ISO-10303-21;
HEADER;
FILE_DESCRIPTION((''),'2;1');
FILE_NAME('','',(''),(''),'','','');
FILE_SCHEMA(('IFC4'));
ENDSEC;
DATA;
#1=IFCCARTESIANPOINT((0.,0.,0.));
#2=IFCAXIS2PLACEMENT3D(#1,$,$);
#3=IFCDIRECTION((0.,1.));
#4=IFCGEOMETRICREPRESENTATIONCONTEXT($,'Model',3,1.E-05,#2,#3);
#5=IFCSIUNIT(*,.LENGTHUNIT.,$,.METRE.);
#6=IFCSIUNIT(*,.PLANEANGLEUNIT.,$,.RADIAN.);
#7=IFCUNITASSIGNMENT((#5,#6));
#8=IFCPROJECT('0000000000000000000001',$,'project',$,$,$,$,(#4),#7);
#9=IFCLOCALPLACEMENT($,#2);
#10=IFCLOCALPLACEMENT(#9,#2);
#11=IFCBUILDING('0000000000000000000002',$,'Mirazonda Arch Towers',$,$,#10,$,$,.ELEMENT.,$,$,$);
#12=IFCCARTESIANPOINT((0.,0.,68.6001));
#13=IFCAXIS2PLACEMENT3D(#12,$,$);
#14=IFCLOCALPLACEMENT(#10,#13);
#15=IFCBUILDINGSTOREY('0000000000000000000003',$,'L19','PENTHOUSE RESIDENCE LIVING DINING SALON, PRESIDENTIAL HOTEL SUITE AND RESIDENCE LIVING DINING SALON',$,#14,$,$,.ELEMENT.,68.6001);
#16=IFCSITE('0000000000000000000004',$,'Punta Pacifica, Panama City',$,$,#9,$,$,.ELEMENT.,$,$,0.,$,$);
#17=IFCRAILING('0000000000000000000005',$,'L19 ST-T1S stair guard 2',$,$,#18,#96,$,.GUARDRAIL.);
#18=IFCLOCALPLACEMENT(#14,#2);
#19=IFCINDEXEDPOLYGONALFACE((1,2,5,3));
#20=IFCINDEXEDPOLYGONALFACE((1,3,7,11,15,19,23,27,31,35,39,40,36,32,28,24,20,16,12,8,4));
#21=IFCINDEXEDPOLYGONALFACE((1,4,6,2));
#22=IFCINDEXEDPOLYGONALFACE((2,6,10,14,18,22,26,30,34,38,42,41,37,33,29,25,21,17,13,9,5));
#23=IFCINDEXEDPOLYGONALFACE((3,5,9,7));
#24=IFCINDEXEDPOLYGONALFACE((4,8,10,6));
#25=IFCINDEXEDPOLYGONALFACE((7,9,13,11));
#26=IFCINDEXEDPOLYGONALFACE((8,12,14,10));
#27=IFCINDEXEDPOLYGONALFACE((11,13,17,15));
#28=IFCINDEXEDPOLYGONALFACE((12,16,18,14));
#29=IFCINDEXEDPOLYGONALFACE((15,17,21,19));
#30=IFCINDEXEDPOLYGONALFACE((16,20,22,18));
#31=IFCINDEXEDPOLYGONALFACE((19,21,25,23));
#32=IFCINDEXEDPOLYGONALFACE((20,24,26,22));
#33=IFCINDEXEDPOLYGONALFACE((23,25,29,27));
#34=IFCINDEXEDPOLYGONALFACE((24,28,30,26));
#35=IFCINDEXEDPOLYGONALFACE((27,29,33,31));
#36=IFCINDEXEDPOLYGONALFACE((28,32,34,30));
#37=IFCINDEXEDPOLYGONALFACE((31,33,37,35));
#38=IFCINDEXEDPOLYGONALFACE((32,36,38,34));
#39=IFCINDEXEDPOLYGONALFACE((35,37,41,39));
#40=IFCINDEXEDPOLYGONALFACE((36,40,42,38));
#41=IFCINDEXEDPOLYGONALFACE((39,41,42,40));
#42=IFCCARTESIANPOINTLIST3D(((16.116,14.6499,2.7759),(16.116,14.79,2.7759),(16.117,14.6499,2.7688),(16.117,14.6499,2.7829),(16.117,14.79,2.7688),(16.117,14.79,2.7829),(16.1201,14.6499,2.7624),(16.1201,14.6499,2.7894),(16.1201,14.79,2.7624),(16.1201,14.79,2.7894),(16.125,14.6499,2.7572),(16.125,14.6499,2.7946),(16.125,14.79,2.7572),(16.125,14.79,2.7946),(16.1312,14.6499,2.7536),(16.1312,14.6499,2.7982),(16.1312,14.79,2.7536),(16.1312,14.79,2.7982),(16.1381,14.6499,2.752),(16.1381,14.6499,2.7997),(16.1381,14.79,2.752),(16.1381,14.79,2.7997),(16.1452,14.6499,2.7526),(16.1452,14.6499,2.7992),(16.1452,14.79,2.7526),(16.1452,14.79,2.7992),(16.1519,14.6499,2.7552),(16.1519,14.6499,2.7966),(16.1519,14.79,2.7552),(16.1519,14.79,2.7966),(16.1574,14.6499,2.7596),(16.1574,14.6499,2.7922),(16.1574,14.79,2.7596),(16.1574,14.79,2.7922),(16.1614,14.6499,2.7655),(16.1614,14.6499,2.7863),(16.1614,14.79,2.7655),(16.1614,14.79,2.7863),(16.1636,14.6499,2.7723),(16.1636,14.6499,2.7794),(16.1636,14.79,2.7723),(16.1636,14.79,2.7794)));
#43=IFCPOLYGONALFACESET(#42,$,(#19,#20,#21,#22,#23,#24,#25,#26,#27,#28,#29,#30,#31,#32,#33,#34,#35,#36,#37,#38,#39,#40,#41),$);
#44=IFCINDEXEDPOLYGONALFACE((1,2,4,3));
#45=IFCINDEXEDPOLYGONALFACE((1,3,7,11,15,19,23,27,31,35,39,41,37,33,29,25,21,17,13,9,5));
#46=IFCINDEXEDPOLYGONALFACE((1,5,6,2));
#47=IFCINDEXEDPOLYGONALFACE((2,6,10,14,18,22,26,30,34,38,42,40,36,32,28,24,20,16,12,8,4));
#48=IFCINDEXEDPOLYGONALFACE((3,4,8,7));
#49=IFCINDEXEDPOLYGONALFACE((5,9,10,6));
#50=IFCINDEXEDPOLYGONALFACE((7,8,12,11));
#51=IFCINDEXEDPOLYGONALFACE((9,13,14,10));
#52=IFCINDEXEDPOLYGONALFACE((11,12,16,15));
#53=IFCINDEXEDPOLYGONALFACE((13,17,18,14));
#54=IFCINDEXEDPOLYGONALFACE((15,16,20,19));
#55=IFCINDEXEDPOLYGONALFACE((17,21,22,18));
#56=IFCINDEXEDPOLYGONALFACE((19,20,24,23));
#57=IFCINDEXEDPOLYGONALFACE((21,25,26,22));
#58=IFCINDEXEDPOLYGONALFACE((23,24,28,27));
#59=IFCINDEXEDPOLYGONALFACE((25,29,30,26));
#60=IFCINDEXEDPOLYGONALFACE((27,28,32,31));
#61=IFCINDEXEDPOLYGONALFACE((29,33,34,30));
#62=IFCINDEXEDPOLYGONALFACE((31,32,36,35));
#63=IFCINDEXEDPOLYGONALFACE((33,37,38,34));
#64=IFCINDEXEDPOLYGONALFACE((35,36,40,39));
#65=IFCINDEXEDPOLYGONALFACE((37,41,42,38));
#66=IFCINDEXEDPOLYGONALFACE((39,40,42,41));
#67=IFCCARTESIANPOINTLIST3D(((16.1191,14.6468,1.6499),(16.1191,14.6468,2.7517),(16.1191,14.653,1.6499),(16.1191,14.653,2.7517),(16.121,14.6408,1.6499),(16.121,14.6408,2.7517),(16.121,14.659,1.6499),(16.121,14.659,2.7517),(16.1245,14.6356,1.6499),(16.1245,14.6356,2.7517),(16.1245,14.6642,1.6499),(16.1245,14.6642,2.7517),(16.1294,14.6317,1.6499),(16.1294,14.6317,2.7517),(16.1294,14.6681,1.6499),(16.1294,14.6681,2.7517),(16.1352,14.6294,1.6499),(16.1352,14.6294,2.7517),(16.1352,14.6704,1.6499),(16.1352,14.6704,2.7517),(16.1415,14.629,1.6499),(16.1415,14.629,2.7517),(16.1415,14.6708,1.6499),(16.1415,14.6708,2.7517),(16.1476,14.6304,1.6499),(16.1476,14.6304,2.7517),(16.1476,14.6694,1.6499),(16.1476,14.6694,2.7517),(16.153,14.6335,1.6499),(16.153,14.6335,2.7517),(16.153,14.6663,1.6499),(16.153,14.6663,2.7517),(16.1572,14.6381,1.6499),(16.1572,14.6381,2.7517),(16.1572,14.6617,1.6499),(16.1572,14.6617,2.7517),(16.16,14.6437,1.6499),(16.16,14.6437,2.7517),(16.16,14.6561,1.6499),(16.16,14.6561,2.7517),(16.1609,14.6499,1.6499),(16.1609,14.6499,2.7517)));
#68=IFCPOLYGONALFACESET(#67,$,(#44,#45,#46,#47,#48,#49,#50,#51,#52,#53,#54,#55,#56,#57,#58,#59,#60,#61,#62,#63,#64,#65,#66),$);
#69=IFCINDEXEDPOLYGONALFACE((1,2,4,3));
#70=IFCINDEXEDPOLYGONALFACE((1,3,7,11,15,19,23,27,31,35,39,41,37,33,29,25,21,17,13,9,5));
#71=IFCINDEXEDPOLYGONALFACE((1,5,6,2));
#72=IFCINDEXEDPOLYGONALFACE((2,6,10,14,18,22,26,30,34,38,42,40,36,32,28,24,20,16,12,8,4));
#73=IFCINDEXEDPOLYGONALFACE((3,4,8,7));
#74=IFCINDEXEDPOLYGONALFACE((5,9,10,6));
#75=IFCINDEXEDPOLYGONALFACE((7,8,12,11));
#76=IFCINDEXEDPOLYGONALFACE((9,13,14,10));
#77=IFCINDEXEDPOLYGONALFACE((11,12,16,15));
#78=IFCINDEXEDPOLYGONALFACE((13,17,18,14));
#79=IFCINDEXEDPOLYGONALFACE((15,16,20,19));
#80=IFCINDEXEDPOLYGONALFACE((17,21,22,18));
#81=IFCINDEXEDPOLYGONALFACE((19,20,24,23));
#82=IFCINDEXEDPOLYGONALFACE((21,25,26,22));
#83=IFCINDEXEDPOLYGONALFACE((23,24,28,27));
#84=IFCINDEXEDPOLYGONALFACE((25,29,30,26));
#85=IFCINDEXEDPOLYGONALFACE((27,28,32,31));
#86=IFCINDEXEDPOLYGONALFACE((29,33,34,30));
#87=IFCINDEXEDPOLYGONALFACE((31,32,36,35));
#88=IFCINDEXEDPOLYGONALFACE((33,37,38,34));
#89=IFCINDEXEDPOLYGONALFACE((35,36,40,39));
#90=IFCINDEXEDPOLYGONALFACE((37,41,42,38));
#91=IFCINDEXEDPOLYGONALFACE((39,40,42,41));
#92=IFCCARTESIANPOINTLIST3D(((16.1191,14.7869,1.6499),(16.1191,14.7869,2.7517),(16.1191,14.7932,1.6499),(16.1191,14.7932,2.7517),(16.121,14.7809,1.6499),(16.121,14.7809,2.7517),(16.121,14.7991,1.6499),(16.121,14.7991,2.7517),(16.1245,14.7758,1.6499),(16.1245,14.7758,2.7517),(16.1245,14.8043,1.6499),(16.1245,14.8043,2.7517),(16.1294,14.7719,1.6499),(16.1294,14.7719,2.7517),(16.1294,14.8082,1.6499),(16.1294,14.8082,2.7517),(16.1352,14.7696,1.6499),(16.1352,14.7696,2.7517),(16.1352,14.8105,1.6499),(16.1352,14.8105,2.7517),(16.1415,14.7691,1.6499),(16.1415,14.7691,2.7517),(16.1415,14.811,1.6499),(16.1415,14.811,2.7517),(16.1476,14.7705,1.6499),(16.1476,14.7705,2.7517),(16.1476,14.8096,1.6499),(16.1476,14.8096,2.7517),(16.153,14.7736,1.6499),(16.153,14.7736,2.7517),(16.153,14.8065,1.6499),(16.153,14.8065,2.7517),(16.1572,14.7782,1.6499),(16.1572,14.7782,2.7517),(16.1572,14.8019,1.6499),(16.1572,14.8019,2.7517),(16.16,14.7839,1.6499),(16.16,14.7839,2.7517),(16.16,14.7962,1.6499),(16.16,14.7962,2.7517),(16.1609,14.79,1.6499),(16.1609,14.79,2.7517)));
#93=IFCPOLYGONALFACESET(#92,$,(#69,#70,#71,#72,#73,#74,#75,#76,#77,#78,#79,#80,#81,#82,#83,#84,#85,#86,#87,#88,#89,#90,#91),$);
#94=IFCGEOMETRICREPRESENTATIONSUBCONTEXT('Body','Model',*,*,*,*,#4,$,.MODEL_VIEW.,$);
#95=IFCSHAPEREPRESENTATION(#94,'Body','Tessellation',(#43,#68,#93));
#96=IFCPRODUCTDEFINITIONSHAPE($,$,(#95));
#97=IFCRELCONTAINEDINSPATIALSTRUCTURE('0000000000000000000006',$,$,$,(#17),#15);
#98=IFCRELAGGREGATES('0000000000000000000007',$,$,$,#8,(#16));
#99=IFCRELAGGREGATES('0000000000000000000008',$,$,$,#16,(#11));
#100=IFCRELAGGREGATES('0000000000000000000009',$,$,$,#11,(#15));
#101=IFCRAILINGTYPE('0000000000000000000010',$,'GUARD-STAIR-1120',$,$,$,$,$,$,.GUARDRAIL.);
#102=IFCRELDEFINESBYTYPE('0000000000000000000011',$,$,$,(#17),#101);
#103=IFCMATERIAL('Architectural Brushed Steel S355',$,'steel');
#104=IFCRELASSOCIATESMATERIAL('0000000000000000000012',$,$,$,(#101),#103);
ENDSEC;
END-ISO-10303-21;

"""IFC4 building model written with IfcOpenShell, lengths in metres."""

from ifc_helpers import new_model, si_unit, direction, frame, origin, origin_2d, place, context, subcontext, project, spatial, circle, extrude, material, type_object, element, save


model = new_model("IFC4")

# Units and contexts
model_context = context("Model", 3, precision=1e-05, world=origin(), true_north=direction((0.0, 1.0)))
body_context = subcontext(model_context, "Body", "Model", "MODEL_VIEW")
ifc_project = project(units=[si_unit("LENGTHUNIT", "METRE"), si_unit("PLANEANGLEUNIT", "RADIAN")], contexts=[model_context])

# Site, building, storey
site_placement = place(None, origin())
site = spatial("IfcSite", under=ifc_project, at=site_placement, Name="Punta Pacifica, Panama City", CompositionType="ELEMENT", RefElevation=0.0)
building_placement = place(site_placement, origin())
building = spatial("IfcBuilding", under=site, at=building_placement, Name="Mirazonda Arch Towers", CompositionType="ELEMENT")
storey_placement = place(building_placement, frame((0.0, 0.0, 68.6001)))
storey = spatial("IfcBuildingStorey", under=building, at=storey_placement, Name="L19", Description="PENTHOUSE RESIDENCE LIVING DINING SALON, PRESIDENTIAL HOTEL SUITE AND RESIDENCE LIVING DINING SALON", CompositionType="ELEMENT", Elevation=68.6001)

# Railing
ifc_material_1 = material(Name="Architectural Brushed Steel S355", Category="steel")
railing_type_1 = type_object("IfcRailingType", Name="GUARD-STAIR-1120", PredefinedType="GUARDRAIL", material=ifc_material_1)
railing_1_placement = place(storey_placement, frame((16.1399, 14.6499, 1.6499)))
element("IfcRailing", 1, at=railing_1_placement, inside=storey, type_object=railing_type_1, Name="L19 ST-T1S stair guard 2", PredefinedType="GUARDRAIL", context=body_context, shape_type="SweptSolid", body=[
    extrude(circle(Radius=0.0239, at=origin_2d()), frame((0.0, 0.0, 1.126), z_axis=(0.0, 1.0, 0.0), x_axis=(-1.0, 0.0, 0.0)), (0.0, 0.0, 1.0), 0.1401),
    extrude(circle(Radius=0.021, at=origin_2d()), origin(), (0.0, 0.0, 1.0), 1.1018),
    extrude(circle(Radius=0.021, at=origin_2d()), frame((0.0, 0.1401, 0.0)), (0.0, 0.0, 1.0), 1.1018),
])

save(model, "model.ifc")
